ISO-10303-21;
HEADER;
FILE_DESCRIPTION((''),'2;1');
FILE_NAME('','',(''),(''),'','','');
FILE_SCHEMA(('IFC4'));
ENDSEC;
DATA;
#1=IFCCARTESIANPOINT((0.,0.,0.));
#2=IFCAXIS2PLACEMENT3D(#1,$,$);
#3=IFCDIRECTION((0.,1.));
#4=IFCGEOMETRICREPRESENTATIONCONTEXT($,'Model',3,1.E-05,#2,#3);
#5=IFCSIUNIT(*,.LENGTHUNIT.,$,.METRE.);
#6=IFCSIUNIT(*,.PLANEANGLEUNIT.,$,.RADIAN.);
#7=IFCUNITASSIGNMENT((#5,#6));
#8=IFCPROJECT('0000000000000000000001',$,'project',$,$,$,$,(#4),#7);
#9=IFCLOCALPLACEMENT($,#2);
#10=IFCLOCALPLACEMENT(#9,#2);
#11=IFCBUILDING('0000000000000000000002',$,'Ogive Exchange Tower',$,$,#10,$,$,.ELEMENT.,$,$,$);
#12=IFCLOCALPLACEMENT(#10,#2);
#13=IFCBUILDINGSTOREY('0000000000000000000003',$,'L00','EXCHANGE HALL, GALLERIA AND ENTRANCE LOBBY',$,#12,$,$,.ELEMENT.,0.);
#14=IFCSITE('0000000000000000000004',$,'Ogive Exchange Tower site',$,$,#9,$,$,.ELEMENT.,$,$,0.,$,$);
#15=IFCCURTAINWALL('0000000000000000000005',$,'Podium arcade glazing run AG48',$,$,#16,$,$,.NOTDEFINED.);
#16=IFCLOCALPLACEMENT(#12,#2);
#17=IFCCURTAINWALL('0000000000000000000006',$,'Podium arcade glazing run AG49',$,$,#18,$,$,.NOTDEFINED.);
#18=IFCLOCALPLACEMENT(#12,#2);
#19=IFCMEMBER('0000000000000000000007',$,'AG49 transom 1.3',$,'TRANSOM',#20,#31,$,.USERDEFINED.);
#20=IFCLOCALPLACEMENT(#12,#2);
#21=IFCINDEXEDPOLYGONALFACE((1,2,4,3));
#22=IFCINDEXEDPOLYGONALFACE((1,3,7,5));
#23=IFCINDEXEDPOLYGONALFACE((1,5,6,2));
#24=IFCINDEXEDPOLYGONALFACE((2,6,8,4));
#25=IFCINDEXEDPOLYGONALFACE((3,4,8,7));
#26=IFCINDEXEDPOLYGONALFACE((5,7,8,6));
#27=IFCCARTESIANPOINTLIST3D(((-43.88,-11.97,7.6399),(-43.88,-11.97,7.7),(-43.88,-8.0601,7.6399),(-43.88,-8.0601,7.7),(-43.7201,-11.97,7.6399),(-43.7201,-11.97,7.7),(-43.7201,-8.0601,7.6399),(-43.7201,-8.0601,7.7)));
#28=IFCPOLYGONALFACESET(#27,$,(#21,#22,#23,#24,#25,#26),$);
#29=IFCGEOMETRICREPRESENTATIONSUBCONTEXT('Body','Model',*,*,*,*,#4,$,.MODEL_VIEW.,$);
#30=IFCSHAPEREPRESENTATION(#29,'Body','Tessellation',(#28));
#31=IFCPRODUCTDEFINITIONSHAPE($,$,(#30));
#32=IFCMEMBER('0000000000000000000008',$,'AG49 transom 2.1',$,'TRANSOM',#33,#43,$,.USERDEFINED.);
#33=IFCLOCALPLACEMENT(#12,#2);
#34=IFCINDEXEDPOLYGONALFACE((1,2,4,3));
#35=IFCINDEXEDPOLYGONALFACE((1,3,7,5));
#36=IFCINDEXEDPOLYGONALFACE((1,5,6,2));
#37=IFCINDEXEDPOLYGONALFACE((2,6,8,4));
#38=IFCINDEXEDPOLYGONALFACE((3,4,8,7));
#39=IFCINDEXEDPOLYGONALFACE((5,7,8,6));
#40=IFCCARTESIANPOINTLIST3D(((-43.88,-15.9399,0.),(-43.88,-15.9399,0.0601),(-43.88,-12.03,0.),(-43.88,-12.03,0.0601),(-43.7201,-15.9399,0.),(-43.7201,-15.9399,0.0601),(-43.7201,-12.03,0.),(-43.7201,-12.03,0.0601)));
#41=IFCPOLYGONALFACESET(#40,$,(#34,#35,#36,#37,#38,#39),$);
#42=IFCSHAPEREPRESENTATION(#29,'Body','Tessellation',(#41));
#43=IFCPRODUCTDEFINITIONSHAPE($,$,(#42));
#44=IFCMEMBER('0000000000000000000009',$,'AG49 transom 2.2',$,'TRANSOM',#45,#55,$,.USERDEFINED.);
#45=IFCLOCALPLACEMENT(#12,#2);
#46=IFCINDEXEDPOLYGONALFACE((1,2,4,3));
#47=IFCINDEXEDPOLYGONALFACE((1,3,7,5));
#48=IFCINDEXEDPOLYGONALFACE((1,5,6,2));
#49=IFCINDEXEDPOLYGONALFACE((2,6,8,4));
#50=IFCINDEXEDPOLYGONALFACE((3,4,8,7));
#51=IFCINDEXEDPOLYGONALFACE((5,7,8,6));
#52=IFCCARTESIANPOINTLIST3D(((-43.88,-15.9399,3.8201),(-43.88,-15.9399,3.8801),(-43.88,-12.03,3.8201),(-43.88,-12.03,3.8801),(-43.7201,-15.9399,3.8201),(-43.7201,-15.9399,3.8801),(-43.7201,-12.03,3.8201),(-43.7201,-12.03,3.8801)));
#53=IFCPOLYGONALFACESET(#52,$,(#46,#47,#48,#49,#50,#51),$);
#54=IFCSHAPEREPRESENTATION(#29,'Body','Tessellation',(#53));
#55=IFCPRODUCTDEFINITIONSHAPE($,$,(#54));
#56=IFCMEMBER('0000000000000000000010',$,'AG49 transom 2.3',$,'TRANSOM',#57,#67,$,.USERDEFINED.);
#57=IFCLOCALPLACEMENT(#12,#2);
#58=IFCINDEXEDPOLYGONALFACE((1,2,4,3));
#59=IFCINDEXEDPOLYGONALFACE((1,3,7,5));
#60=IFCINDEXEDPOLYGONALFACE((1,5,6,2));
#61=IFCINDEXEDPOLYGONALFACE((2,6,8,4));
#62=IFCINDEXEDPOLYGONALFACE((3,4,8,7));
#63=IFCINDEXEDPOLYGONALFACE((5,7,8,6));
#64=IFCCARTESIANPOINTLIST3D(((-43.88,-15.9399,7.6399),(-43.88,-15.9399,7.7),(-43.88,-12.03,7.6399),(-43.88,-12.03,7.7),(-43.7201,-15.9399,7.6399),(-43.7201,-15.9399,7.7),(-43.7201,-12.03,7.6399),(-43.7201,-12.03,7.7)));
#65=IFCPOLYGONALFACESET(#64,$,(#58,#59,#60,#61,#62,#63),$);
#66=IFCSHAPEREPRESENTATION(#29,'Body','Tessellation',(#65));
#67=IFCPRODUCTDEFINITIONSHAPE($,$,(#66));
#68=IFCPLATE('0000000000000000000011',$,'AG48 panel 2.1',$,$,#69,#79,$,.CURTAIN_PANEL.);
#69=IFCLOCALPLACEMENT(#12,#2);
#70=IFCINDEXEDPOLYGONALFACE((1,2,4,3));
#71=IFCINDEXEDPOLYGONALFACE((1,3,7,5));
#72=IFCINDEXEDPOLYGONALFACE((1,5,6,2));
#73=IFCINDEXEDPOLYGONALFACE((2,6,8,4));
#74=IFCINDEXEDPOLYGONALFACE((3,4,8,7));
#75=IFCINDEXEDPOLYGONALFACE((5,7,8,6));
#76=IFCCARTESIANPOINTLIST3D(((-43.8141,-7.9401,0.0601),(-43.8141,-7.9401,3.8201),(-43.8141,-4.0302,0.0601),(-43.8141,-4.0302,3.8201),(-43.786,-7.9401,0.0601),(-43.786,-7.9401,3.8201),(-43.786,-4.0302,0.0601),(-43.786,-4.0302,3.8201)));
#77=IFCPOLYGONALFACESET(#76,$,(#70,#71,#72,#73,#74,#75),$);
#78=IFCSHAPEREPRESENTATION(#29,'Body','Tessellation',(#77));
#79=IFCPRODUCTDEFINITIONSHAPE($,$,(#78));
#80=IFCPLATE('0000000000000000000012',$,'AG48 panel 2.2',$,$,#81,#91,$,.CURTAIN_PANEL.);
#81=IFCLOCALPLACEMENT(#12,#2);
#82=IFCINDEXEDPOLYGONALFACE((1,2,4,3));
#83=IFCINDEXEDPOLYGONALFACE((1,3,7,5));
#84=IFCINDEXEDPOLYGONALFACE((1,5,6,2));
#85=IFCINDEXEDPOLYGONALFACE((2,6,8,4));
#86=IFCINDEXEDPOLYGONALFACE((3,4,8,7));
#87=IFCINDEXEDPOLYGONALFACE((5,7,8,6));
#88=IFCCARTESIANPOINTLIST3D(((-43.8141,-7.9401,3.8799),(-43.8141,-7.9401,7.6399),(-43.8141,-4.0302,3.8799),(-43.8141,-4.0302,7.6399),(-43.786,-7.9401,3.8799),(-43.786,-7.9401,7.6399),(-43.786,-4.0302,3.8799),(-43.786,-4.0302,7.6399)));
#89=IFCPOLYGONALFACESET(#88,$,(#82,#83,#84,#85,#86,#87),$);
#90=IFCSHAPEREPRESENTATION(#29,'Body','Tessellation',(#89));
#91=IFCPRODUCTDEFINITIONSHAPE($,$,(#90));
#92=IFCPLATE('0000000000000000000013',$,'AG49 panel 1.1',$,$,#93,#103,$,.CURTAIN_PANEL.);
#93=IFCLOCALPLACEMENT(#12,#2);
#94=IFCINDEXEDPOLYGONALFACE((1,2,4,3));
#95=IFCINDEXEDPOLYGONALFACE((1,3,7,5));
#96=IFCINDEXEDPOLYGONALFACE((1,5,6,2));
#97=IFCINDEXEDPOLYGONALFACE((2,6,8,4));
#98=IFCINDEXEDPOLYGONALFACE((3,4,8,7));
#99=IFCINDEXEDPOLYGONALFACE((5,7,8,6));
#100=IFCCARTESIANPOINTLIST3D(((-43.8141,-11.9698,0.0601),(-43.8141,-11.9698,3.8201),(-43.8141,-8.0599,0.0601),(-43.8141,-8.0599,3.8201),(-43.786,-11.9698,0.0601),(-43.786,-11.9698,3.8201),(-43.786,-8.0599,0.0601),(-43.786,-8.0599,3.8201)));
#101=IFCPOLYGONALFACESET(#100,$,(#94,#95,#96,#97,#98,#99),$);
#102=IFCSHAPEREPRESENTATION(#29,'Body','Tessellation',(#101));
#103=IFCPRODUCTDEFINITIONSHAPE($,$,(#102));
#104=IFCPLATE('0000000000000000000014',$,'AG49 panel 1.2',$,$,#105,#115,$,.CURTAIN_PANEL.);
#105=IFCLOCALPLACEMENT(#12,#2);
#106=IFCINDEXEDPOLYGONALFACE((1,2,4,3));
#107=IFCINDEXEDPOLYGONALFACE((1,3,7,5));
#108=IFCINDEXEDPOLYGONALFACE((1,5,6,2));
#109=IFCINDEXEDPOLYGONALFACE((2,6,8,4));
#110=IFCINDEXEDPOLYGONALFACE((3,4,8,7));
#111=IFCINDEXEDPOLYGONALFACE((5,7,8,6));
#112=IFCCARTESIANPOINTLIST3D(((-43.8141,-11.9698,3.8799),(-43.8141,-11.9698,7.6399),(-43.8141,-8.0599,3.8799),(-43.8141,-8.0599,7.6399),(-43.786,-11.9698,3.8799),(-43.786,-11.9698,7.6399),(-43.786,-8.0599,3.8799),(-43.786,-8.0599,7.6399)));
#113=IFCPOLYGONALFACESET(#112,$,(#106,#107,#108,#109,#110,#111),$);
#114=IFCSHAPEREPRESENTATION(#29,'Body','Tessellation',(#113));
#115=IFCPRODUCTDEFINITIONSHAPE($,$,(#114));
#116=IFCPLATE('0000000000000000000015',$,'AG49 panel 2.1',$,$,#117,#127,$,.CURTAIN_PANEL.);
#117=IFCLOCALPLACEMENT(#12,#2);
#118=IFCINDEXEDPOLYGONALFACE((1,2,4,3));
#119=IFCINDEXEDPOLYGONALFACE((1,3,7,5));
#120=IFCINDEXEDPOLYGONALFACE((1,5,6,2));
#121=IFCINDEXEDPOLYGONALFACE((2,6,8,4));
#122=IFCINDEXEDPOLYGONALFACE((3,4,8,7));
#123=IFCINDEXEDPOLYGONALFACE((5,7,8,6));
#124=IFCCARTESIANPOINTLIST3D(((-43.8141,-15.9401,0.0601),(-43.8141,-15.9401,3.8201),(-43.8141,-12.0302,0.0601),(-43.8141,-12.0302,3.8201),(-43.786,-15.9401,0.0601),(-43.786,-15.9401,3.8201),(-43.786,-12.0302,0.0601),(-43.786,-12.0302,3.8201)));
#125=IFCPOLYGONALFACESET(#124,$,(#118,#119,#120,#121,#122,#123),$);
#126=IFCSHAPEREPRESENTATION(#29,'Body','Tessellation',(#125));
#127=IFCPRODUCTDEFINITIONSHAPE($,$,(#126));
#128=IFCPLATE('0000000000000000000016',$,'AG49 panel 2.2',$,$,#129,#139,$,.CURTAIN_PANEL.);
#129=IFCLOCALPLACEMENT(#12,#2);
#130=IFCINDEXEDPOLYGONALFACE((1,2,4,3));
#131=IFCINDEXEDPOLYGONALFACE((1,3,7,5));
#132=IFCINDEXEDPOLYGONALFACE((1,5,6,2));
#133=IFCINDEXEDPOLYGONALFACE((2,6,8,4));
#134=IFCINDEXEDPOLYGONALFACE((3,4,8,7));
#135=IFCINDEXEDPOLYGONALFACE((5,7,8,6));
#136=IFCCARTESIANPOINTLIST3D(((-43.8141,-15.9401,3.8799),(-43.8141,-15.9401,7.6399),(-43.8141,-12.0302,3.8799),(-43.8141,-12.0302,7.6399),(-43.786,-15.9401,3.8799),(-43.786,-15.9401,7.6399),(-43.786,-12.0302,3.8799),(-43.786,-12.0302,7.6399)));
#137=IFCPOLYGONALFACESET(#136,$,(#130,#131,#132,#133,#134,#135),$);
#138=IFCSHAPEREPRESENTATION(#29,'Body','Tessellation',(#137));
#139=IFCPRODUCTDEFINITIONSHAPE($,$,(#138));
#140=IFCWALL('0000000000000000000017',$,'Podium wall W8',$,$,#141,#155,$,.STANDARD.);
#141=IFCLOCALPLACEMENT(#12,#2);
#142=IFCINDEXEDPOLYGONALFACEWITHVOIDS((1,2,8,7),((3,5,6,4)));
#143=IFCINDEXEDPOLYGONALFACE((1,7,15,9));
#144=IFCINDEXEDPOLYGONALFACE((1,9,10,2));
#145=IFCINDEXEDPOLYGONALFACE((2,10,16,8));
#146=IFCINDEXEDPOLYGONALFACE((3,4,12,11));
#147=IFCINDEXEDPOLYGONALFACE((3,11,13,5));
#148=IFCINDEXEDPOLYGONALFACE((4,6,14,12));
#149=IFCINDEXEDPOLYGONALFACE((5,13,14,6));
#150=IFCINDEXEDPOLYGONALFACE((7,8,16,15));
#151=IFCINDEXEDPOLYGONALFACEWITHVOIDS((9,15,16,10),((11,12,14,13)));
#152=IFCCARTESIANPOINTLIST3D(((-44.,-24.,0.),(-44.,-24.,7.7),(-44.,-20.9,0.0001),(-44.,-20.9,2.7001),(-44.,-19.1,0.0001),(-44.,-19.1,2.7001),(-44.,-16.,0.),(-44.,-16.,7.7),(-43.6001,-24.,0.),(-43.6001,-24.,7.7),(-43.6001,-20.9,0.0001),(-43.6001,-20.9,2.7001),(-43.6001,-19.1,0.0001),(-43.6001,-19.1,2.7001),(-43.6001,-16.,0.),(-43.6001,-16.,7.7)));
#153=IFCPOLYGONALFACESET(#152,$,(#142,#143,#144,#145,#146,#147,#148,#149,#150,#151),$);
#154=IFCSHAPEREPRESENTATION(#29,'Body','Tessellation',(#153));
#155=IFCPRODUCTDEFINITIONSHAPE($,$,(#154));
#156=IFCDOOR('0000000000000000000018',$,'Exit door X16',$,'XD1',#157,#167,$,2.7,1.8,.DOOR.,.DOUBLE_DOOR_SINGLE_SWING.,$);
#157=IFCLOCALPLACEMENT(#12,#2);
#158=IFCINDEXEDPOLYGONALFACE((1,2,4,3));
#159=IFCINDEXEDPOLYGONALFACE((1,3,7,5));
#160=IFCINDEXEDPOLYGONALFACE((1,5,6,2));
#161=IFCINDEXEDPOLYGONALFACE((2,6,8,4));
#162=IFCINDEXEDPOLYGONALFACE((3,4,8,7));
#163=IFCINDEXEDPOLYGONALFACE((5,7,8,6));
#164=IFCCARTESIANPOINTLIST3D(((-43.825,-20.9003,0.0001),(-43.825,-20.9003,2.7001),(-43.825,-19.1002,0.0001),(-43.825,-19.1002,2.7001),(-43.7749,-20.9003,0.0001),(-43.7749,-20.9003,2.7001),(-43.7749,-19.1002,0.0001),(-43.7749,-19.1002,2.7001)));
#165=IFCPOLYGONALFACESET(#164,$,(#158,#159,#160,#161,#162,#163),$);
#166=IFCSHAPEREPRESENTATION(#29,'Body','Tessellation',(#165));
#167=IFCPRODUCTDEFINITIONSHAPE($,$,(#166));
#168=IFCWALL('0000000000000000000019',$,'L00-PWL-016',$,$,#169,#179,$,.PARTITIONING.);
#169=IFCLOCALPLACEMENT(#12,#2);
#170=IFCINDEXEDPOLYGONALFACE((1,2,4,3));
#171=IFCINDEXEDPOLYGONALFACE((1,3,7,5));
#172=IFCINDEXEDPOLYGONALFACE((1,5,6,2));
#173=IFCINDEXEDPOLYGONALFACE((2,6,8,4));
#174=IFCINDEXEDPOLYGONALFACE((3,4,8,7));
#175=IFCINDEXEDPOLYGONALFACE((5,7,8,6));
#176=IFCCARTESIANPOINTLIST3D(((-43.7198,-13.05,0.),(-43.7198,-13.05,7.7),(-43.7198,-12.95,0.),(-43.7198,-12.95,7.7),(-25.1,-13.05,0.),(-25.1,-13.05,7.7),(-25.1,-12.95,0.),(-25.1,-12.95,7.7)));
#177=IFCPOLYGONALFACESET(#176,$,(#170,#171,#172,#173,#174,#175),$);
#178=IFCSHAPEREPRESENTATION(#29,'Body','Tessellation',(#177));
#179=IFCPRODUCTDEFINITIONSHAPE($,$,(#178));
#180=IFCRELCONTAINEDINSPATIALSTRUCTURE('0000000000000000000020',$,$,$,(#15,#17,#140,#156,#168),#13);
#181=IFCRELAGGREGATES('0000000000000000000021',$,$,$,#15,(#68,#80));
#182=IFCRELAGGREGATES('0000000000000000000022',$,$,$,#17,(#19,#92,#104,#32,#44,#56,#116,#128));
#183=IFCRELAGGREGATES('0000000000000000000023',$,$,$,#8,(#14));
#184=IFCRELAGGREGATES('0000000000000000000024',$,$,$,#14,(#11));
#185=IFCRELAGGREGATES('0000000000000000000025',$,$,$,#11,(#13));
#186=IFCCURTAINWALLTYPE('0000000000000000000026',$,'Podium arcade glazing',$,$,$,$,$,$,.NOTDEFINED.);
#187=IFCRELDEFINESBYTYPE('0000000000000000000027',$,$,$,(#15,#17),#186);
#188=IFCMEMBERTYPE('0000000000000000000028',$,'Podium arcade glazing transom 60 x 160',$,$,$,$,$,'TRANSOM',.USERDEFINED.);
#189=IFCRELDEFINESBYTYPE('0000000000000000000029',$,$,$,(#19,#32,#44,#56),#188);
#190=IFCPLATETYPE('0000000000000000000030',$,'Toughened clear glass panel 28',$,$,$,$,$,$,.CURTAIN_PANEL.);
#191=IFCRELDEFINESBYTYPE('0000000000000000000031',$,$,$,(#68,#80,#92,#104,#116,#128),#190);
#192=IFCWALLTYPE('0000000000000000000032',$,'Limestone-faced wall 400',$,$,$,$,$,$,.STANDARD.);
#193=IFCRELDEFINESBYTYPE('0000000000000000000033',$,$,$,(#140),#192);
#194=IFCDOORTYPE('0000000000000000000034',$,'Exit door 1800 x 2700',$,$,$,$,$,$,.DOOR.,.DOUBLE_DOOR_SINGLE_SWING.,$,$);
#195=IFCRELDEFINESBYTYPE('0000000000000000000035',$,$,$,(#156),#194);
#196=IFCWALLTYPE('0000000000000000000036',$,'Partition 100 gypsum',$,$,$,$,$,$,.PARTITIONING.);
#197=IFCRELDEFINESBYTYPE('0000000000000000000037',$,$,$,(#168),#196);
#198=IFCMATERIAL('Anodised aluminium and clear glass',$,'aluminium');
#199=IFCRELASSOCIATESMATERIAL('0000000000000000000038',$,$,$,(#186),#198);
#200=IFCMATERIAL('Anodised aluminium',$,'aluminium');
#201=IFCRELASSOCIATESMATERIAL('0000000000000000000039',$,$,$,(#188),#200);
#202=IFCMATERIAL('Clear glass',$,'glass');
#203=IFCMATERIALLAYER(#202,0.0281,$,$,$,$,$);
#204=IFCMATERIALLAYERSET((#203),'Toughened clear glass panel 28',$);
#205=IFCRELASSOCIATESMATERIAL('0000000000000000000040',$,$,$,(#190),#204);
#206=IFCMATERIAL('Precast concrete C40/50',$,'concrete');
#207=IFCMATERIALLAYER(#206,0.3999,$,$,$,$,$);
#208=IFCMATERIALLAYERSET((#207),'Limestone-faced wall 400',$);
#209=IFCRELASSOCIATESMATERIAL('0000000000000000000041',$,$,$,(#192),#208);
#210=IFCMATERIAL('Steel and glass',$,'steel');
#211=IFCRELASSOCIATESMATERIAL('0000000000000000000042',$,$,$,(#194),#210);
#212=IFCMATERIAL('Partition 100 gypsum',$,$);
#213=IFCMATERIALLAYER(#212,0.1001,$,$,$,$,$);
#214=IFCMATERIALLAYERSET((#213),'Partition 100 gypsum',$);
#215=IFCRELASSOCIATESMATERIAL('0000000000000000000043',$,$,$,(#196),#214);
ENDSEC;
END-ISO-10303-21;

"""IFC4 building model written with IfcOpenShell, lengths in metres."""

from ifc_helpers import new_model, si_unit, direction, frame, frame_2d, origin, origin_2d, place, context, subcontext, project, spatial, rectangle, extrude, material, layer, layer_set, material_profile, profile_set, type_object, element, fill, aggregate, save


model = new_model("IFC4")

# Units and contexts
model_context = context("Model", 3, precision=1e-05, world=origin(), true_north=direction((0.0, 1.0)))
body_context = subcontext(model_context, "Body", "Model", "MODEL_VIEW")
ifc_project = project(units=[si_unit("LENGTHUNIT", "METRE"), si_unit("PLANEANGLEUNIT", "RADIAN")], contexts=[model_context])

# Site, building, storey
site_placement = place(None, origin())
site = spatial("IfcSite", under=ifc_project, at=site_placement, Name="Ogive Exchange Tower site", CompositionType="ELEMENT", RefElevation=0.0)
building_placement = place(site_placement, origin())
building = spatial("IfcBuilding", under=site, at=building_placement, Name="Ogive Exchange Tower", CompositionType="ELEMENT")
storey_placement = place(building_placement, origin())
storey = spatial("IfcBuildingStorey", under=building, at=storey_placement, Name="L00", Description="EXCHANGE HALL, GALLERIA AND ENTRANCE LOBBY", CompositionType="ELEMENT", Elevation=0.0)

# Curtain wall
ifc_material_1 = material(Name="Anodised aluminium and clear glass", Category="aluminium")
curtain_wall_type = type_object("IfcCurtainWallType", Name="Podium arcade glazing", PredefinedType="NOTDEFINED", material=ifc_material_1)
curtain_wall_1_placement = place(storey_placement, origin())
curtain_wall_1 = element("IfcCurtainWall", 1, at=curtain_wall_1_placement, inside=storey, type_object=curtain_wall_type, Name="Podium arcade glazing run AG48", PredefinedType="NOTDEFINED")
ifc_material_2 = material(Name="Anodised aluminium", Category="aluminium")

# Curtain wall, members
curtain_wall_2_placement = place(storey_placement, origin())
curtain_wall_2 = element("IfcCurtainWall", 2, at=curtain_wall_2_placement, inside=storey, type_object=curtain_wall_type, Name="Podium arcade glazing run AG49", PredefinedType="NOTDEFINED")
ifc_material_profile_1 = material_profile(ifc_material_2, rectangle(XDim=0.1599, YDim=0.0601, at=origin_2d()), Name="AL 60x160")
ifc_profile_set_1 = profile_set([ifc_material_profile_1], Name="Anodised aluminium")
member_type_1 = type_object("IfcMemberType", Name="Podium arcade glazing transom 60 x 160", ElementType="TRANSOM", PredefinedType="USERDEFINED", material=ifc_profile_set_1)
member_1_placement = place(storey_placement, frame((-43.8, -8.0601, 7.6699), z_axis=(0.0, -1.0, 0.0), x_axis=(1.0, 0.0, 0.0)))
member_1 = element("IfcMember", 3, at=member_1_placement, type_object=member_type_1, Name="AG49 transom 1.3", ObjectType="TRANSOM", PredefinedType="USERDEFINED", context=body_context, shape_type="SweptSolid", body=[
    extrude(rectangle(XDim=0.1599, YDim=0.0601, at=origin_2d()), origin(), (0.0, 0.0, 1.0), 3.9099),
])
member_2_placement = place(storey_placement, frame((-43.8, -12.03, 0.03), z_axis=(0.0, -1.0, 0.0), x_axis=(1.0, 0.0, 0.0)))
member_2 = element("IfcMember", 4, at=member_2_placement, type_object=member_type_1, Name="AG49 transom 2.1", ObjectType="TRANSOM", PredefinedType="USERDEFINED", context=body_context, shape_type="SweptSolid", body=[
    extrude(rectangle(XDim=0.1599, YDim=0.0601, at=origin_2d()), origin(), (0.0, 0.0, 1.0), 3.9099),
])
member_3_placement = place(storey_placement, frame((-43.8, -12.03, 3.8501), z_axis=(0.0, -1.0, 0.0), x_axis=(1.0, 0.0, 0.0)))
member_3 = element("IfcMember", 5, at=member_3_placement, type_object=member_type_1, Name="AG49 transom 2.2", ObjectType="TRANSOM", PredefinedType="USERDEFINED", context=body_context, shape_type="SweptSolid", body=[
    extrude(rectangle(XDim=0.1599, YDim=0.0601, at=origin_2d()), origin(), (0.0, 0.0, 1.0), 3.9099),
])
member_4_placement = place(storey_placement, frame((-43.8, -12.03, 7.6699), z_axis=(0.0, -1.0, 0.0), x_axis=(1.0, 0.0, 0.0)))
member_4 = element("IfcMember", 6, at=member_4_placement, type_object=member_type_1, Name="AG49 transom 2.3", ObjectType="TRANSOM", PredefinedType="USERDEFINED", context=body_context, shape_type="SweptSolid", body=[
    extrude(rectangle(XDim=0.1599, YDim=0.0601, at=origin_2d()), origin(), (0.0, 0.0, 1.0), 3.9099),
])

# Plates
ifc_material_3 = material(Name="Clear glass", Category="glass")
ifc_layer_1 = layer(ifc_material_3, 0.0281)
ifc_layer_set_1 = layer_set([ifc_layer_1], Name="Toughened clear glass panel 28")
plate_type = type_object("IfcPlateType", Name="Toughened clear glass panel 28", PredefinedType="CURTAIN_PANEL", material=ifc_layer_set_1)
plate_1_placement = place(storey_placement, frame((-43.8, -5.9851, 0.0601), z_axis=(0.0, 0.0, 1.0), x_axis=(0.0, -1.0, 0.0)))
plate_1 = element("IfcPlate", 7, at=plate_1_placement, type_object=plate_type, Name="AG48 panel 2.1", PredefinedType="CURTAIN_PANEL", context=body_context, shape_type="SweptSolid", body=[
    extrude(rectangle(XDim=3.9099, YDim=0.0281, at=origin_2d()), origin(), (0.0, 0.0, 1.0), 3.76),
])
plate_2_placement = place(storey_placement, frame((-43.8, -5.9851, 3.8799), z_axis=(0.0, 0.0, 1.0), x_axis=(0.0, -1.0, 0.0)))
plate_2 = element("IfcPlate", 8, at=plate_2_placement, type_object=plate_type, Name="AG48 panel 2.2", PredefinedType="CURTAIN_PANEL", context=body_context, shape_type="SweptSolid", body=[
    extrude(rectangle(XDim=3.9099, YDim=0.0281, at=origin_2d()), origin(), (0.0, 0.0, 1.0), 3.76),
])
aggregate(curtain_wall_1, [plate_1, plate_2])
plate_3_placement = place(storey_placement, frame((-43.8, -10.0149, 0.0601), z_axis=(0.0, 0.0, 1.0), x_axis=(0.0, -1.0, 0.0)))
plate_3 = element("IfcPlate", 9, at=plate_3_placement, type_object=plate_type, Name="AG49 panel 1.1", PredefinedType="CURTAIN_PANEL", context=body_context, shape_type="SweptSolid", body=[
    extrude(rectangle(XDim=3.9099, YDim=0.0281, at=origin_2d()), origin(), (0.0, 0.0, 1.0), 3.76),
])
plate_4_placement = place(storey_placement, frame((-43.8, -10.0149, 3.8799), z_axis=(0.0, 0.0, 1.0), x_axis=(0.0, -1.0, 0.0)))
plate_4 = element("IfcPlate", 10, at=plate_4_placement, type_object=plate_type, Name="AG49 panel 1.2", PredefinedType="CURTAIN_PANEL", context=body_context, shape_type="SweptSolid", body=[
    extrude(rectangle(XDim=3.9099, YDim=0.0281, at=origin_2d()), origin(), (0.0, 0.0, 1.0), 3.76),
])
plate_5_placement = place(storey_placement, frame((-43.8, -13.9851, 0.0601), z_axis=(0.0, 0.0, 1.0), x_axis=(0.0, -1.0, 0.0)))
plate_5 = element("IfcPlate", 11, at=plate_5_placement, type_object=plate_type, Name="AG49 panel 2.1", PredefinedType="CURTAIN_PANEL", context=body_context, shape_type="SweptSolid", body=[
    extrude(rectangle(XDim=3.9099, YDim=0.0281, at=origin_2d()), origin(), (0.0, 0.0, 1.0), 3.76),
])
plate_6_placement = place(storey_placement, frame((-43.8, -13.9851, 3.8799), z_axis=(0.0, 0.0, 1.0), x_axis=(0.0, -1.0, 0.0)))
plate_6 = element("IfcPlate", 12, at=plate_6_placement, type_object=plate_type, Name="AG49 panel 2.2", PredefinedType="CURTAIN_PANEL", context=body_context, shape_type="SweptSolid", body=[
    extrude(rectangle(XDim=3.9099, YDim=0.0281, at=origin_2d()), origin(), (0.0, 0.0, 1.0), 3.76),
])
aggregate(curtain_wall_2, [member_1, plate_3, plate_4, member_2, member_3, member_4, plate_5, plate_6])

# Wall, opening, door
ifc_material_4 = material(Name="Precast concrete C40/50", Category="concrete")
ifc_layer_2 = layer(ifc_material_4, 0.3999)
ifc_layer_set_2 = layer_set([ifc_layer_2], Name="Limestone-faced wall 400")
wall_type_1 = type_object("IfcWallType", Name="Limestone-faced wall 400", PredefinedType="STANDARD", material=ifc_layer_set_2)
wall_1_placement = place(storey_placement, frame((-43.8, -16.0, 0.0), z_axis=(0.0, 0.0, 1.0), x_axis=(0.0, -1.0, 0.0)))
wall_1 = element("IfcWall", 13, at=wall_1_placement, inside=storey, type_object=wall_type_1, Name="Podium wall W8", PredefinedType="STANDARD", context=body_context, shape_type="SweptSolid", body=[
    extrude(rectangle(XDim=8.0, YDim=0.3999, at=frame_2d((4.0, 0.0))), origin(), (0.0, 0.0, 1.0), 7.7),
])
opening_placement = place(wall_1_placement, frame((3.1001, 0.0, 0.0)))
opening = element("IfcOpeningElement", 14, at=opening_placement, cuts=wall_1, PredefinedType="OPENING", context=body_context, shape_type="SweptSolid", body=[
    extrude(rectangle(XDim=1.8, YDim=2.7, at=frame_2d((0.8999, 1.3501))), frame((0.0, 0.21, 0.0), z_axis=(0.0, -1.0, 0.0), x_axis=(1.0, 0.0, 0.0)), (0.0, 0.0, 1.0), 0.4199),
])
ifc_material_5 = material(Name="Steel and glass", Category="steel")
door_type = type_object("IfcDoorType", Name="Exit door 1800 x 2700", OperationType="DOUBLE_DOOR_SINGLE_SWING", PredefinedType="DOOR", material=ifc_material_5)
door_placement = place(opening_placement, frame((1.8, 0.0, 0.0), z_axis=(0.0, 0.0, 1.0), x_axis=(-1.0, 0.0, 0.0)))
door = element("IfcDoor", 15, at=door_placement, inside=storey, type_object=door_type, Name="Exit door X16", ObjectType="XD1", OperationType="DOUBLE_DOOR_SINGLE_SWING", OverallHeight=2.7, OverallWidth=1.8, PredefinedType="DOOR", context=body_context, shape_type="SweptSolid", body=[
    extrude(rectangle(XDim=1.8, YDim=2.7, at=frame_2d((0.8999, 1.3501))), frame((0.0, 0.0249, 0.0), z_axis=(0.0, -1.0, 0.0), x_axis=(1.0, 0.0, 0.0)), (0.0, 0.0, 1.0), 0.05),
])
fill(opening, door)

# Wall
ifc_material_6 = material(Name="Partition 100 gypsum")
ifc_layer_3 = layer(ifc_material_6, 0.1001)
ifc_layer_set_3 = layer_set([ifc_layer_3], Name="Partition 100 gypsum")
wall_type_2 = type_object("IfcWallType", Name="Partition 100 gypsum", PredefinedType="PARTITIONING", material=ifc_layer_set_3)
wall_2_placement = place(storey_placement, frame((-43.72, -13.0, 0.0), z_axis=(0.0, 0.0, 1.0), x_axis=(1.0, 0.0, 0.0)))
element("IfcWall", 16, at=wall_2_placement, inside=storey, type_object=wall_type_2, Name="L00-PWL-016", PredefinedType="PARTITIONING", context=body_context, shape_type="SweptSolid", body=[
    extrude(rectangle(XDim=18.6199, YDim=0.1001, at=frame_2d((9.3101, 0.0))), origin(), (0.0, 0.0, 1.0), 7.7),
])

save(model, "model.ifc")
